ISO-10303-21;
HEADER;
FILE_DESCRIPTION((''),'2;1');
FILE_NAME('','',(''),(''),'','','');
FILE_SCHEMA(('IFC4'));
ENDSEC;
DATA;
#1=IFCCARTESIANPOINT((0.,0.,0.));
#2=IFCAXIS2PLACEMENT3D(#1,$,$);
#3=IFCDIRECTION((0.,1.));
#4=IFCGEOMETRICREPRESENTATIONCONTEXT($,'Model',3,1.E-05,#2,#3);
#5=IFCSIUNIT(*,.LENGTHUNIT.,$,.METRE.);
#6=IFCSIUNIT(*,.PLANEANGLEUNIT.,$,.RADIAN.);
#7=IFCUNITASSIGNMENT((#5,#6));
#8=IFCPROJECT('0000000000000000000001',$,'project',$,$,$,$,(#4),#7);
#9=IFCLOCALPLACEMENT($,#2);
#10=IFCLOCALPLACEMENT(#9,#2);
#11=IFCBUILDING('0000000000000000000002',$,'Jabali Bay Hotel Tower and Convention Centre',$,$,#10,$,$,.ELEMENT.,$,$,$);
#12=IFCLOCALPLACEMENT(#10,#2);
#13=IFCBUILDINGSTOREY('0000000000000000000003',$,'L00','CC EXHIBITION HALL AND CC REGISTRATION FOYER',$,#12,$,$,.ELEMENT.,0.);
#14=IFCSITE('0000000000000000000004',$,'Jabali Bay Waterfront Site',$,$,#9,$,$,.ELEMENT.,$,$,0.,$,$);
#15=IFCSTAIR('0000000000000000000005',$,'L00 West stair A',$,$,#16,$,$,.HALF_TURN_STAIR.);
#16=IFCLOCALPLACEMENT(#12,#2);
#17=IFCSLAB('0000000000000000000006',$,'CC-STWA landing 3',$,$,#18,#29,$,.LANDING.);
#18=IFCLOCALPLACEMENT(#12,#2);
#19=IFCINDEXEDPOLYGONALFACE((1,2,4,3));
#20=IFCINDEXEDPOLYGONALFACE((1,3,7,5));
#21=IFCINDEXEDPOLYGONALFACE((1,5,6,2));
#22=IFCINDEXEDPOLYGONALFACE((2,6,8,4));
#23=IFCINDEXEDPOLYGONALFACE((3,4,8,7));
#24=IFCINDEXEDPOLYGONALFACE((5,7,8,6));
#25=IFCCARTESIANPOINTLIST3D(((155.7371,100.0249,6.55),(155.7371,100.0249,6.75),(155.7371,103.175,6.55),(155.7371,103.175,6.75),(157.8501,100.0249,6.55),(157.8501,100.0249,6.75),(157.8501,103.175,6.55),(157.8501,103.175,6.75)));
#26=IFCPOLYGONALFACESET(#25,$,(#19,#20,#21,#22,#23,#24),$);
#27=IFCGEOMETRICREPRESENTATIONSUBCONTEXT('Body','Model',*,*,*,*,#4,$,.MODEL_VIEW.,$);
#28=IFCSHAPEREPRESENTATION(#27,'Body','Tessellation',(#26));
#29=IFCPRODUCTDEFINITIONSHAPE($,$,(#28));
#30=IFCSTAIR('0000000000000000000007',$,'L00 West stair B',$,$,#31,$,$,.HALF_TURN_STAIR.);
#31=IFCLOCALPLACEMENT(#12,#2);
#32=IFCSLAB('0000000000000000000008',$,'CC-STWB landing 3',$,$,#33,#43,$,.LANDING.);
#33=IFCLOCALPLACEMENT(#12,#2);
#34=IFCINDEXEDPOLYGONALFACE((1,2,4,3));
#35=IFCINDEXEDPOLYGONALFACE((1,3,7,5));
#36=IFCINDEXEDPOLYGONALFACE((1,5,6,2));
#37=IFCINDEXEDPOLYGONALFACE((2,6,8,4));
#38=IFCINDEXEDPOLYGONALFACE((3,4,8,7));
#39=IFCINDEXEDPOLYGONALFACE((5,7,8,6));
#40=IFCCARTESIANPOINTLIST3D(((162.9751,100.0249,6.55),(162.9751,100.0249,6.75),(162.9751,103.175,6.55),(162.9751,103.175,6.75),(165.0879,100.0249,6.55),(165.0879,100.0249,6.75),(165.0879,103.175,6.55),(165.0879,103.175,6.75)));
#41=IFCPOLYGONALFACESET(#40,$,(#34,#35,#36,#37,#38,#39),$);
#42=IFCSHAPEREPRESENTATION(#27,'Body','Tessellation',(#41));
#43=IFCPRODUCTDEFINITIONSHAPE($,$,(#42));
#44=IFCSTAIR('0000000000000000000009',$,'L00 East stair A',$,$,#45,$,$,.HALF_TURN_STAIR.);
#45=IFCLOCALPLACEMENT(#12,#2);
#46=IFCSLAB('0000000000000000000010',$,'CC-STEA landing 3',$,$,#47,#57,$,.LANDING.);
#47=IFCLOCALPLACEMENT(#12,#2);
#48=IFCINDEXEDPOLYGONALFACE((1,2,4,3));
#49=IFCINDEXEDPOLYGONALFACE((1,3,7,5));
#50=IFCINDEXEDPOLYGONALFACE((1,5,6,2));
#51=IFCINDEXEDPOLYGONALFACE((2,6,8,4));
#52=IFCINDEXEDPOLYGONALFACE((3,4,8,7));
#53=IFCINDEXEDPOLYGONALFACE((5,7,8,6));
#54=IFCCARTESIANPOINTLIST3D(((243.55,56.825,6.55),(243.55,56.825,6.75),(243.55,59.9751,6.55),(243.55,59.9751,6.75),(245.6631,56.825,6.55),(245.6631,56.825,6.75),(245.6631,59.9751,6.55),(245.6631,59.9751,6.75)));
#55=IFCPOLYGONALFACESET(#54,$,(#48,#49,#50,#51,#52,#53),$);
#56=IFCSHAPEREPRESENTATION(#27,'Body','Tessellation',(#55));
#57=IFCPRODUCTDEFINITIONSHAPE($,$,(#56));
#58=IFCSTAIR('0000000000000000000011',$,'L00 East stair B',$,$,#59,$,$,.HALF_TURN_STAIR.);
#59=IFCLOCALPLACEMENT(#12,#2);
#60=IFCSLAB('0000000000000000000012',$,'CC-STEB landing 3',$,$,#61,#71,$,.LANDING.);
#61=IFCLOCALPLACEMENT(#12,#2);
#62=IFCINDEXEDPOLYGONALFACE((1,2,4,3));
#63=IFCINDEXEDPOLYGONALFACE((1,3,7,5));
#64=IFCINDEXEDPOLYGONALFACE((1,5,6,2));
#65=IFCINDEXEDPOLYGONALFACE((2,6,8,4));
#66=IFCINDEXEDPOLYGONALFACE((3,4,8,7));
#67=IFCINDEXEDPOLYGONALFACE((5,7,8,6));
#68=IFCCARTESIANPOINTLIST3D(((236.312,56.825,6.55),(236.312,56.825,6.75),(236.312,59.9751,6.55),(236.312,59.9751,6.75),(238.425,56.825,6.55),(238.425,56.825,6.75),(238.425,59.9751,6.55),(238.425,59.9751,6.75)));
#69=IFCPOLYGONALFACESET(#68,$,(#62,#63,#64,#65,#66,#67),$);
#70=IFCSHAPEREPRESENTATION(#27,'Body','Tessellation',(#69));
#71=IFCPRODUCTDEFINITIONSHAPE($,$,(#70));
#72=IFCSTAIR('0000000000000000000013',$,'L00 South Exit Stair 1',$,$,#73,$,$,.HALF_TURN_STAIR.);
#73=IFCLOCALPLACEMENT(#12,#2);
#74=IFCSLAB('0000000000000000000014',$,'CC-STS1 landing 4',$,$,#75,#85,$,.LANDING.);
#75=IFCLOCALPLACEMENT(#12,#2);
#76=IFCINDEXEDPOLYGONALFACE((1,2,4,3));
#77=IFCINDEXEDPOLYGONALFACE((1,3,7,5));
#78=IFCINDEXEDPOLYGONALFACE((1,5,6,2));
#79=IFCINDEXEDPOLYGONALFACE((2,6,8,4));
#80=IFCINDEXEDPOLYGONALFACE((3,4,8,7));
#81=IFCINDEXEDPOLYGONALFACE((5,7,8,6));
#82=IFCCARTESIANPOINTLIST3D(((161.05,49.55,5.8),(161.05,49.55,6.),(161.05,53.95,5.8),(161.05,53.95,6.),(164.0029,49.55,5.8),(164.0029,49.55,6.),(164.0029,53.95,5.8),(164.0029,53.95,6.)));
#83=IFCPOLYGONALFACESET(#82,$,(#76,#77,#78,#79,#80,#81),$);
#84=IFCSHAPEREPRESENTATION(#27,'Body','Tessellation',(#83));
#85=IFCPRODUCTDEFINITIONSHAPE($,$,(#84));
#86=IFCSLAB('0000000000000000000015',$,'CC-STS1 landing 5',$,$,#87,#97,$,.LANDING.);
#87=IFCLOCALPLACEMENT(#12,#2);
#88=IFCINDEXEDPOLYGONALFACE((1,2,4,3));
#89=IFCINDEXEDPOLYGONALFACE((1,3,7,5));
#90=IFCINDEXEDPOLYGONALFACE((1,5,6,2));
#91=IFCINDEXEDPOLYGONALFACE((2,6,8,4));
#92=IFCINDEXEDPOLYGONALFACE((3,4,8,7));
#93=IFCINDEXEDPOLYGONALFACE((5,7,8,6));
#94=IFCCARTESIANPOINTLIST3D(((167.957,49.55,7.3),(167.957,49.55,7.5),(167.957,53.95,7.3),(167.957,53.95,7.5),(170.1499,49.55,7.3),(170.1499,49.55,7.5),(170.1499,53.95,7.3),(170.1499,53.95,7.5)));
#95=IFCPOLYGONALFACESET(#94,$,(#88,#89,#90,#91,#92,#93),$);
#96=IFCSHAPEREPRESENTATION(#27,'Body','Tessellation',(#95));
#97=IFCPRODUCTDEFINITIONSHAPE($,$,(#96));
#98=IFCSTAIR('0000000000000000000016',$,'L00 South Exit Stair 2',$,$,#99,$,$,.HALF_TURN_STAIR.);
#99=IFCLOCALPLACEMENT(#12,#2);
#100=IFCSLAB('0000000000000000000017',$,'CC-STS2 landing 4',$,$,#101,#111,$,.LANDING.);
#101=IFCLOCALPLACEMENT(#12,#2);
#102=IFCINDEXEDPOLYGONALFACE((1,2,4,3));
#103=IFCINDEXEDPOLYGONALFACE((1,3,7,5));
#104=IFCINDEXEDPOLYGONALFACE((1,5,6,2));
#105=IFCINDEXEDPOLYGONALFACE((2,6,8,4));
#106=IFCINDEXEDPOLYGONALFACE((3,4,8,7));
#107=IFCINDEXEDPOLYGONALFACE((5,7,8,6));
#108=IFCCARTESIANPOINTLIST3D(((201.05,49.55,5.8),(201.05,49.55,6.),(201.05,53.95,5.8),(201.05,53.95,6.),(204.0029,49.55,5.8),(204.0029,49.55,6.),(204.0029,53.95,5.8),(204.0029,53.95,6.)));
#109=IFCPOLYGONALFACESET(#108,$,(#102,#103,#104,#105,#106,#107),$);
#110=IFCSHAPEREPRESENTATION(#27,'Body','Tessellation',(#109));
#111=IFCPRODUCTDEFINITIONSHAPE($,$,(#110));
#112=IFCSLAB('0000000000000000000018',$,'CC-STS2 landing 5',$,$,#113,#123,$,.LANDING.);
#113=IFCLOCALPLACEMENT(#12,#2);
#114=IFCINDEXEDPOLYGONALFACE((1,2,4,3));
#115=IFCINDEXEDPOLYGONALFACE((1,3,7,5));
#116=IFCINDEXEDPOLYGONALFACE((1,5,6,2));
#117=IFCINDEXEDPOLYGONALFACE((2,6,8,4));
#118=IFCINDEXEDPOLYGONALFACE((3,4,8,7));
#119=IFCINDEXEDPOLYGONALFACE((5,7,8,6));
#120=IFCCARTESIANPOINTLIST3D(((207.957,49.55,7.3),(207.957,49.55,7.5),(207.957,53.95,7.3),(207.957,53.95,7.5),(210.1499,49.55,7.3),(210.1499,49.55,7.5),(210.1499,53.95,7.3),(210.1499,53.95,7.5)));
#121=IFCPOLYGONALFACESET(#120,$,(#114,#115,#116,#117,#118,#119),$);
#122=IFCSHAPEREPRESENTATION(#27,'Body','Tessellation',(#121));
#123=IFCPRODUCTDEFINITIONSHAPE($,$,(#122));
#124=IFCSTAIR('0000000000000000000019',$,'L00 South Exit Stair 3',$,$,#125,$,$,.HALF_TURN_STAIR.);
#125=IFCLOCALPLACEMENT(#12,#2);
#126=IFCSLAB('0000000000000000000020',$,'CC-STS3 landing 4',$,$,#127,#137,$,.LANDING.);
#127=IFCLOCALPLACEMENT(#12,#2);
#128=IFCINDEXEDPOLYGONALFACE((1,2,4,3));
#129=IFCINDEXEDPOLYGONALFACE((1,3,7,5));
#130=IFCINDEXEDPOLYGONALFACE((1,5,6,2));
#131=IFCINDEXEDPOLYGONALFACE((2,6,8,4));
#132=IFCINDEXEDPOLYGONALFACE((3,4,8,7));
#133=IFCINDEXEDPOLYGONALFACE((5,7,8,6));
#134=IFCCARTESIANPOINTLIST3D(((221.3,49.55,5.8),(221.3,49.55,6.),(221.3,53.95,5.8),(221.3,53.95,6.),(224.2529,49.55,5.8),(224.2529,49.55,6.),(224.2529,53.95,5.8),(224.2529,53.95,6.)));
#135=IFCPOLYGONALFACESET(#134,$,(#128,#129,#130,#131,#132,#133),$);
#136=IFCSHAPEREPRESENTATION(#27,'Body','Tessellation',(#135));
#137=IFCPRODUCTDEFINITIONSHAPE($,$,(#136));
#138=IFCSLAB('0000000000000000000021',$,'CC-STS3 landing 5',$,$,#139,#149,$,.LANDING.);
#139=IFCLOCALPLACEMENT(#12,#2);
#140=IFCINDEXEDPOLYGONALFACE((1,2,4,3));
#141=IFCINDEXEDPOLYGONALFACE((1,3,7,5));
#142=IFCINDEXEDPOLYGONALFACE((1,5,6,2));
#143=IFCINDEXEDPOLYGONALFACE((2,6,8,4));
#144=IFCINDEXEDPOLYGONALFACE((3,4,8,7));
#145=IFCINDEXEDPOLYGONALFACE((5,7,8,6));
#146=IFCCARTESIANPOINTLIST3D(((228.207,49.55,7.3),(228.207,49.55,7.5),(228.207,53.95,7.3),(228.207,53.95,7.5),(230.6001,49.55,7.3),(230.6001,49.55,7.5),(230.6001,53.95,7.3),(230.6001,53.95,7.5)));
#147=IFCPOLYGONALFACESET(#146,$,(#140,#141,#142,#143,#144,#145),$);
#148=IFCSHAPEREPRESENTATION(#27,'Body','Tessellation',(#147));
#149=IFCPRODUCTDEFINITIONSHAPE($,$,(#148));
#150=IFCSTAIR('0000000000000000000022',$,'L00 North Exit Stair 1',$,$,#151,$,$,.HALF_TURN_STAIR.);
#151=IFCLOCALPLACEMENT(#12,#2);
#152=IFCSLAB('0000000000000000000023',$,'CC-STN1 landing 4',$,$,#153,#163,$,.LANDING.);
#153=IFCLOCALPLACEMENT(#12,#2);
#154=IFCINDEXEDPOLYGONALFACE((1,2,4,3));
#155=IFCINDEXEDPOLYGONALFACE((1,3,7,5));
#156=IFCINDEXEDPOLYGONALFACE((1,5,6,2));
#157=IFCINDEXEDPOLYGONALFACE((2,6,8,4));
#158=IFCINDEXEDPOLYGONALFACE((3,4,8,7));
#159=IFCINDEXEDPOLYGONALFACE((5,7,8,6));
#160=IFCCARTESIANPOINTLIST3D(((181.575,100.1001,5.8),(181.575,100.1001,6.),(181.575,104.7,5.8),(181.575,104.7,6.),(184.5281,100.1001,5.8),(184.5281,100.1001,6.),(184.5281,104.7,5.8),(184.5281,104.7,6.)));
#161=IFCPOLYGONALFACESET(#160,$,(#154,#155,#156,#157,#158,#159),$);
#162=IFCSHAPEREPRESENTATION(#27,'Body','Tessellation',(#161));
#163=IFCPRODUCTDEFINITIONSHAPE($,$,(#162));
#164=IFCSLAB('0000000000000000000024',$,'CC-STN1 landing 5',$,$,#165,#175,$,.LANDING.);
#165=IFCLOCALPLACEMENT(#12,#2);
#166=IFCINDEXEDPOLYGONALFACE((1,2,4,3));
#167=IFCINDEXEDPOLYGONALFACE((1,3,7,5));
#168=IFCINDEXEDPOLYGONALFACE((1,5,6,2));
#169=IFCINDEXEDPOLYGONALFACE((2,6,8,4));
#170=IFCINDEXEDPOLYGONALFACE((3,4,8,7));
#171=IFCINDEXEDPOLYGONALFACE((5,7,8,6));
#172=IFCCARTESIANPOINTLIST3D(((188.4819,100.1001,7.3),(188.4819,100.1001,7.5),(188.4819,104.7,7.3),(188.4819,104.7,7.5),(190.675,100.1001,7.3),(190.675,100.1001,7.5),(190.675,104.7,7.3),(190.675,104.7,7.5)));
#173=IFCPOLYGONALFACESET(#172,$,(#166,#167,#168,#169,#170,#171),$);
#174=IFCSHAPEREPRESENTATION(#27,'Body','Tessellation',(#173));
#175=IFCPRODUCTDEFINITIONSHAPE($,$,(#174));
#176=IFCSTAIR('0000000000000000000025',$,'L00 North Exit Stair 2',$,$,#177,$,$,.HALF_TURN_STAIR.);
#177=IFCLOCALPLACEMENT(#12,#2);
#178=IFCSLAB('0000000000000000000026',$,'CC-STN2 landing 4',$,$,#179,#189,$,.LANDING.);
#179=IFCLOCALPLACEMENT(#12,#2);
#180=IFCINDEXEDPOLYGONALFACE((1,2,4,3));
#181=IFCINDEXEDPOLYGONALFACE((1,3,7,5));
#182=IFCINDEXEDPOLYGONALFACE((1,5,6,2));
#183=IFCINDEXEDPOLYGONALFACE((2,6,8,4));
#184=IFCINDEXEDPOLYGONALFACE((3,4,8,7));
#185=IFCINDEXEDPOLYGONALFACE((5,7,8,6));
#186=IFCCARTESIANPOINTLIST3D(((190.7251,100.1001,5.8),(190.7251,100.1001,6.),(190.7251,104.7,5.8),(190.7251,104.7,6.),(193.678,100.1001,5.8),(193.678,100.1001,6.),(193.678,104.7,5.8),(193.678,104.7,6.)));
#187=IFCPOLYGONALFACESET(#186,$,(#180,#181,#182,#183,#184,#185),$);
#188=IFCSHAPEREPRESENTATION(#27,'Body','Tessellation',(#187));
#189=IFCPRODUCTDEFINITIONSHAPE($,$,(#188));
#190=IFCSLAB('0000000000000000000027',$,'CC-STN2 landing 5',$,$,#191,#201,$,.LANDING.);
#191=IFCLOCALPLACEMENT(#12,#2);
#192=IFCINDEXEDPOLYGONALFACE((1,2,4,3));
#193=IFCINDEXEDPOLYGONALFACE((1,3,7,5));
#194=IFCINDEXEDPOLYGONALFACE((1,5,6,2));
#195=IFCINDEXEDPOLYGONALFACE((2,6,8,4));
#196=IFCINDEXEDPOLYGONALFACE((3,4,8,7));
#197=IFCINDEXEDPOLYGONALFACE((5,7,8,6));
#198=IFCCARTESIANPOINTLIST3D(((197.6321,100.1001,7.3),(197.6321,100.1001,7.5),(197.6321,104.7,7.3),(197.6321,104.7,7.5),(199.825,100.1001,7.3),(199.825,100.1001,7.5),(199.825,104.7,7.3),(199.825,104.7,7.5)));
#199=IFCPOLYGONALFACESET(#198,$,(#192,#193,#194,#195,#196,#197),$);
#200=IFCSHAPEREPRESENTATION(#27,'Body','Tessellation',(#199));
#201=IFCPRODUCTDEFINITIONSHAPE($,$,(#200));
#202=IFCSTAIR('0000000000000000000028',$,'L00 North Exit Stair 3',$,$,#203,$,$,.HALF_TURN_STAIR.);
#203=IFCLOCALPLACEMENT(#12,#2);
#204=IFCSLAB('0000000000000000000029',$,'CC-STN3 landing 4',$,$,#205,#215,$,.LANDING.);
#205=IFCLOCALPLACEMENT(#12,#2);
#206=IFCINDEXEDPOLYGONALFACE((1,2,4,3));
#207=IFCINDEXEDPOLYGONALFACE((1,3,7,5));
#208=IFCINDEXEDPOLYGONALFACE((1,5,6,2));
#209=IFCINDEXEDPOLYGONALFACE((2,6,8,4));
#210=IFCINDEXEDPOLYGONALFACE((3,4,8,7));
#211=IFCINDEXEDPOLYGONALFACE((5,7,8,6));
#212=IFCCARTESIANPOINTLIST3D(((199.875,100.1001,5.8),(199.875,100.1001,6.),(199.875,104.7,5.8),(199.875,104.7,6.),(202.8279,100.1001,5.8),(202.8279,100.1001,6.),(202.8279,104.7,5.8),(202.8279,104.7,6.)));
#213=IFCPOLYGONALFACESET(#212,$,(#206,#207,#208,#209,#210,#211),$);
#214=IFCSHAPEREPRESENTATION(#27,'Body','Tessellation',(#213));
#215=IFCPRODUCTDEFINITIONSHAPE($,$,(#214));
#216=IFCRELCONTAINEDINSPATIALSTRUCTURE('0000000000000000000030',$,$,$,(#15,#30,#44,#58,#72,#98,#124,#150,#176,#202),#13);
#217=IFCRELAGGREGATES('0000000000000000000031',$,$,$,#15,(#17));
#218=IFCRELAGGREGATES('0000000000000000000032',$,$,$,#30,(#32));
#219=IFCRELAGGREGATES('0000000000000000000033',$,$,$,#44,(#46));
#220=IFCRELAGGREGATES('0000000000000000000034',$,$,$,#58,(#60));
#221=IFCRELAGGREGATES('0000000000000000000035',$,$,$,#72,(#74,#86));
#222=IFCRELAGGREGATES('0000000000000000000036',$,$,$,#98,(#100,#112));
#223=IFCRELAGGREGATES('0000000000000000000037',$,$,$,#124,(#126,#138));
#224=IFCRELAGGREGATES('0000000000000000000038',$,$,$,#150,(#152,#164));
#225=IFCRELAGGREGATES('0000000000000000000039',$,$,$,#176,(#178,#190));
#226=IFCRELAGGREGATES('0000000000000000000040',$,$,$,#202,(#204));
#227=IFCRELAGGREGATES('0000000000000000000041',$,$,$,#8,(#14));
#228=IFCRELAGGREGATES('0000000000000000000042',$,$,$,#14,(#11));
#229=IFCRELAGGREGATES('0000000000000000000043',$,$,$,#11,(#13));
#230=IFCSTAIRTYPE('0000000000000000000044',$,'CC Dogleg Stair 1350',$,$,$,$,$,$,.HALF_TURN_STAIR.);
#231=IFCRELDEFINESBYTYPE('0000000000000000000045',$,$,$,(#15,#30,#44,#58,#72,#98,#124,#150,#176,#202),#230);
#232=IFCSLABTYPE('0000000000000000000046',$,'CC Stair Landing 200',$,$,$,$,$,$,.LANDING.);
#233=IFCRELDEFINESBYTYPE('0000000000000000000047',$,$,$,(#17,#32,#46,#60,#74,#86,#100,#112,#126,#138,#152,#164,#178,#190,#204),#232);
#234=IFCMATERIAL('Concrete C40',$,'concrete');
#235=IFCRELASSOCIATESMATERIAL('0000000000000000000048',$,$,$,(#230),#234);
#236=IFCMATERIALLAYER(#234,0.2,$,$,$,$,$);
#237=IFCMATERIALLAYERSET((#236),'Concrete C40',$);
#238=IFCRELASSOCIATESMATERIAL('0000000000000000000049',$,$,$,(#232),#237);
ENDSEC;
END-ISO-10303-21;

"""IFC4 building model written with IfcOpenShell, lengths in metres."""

from ifc_helpers import new_model, si_unit, direction, frame, origin, place, context, subcontext, project, spatial, polyline, outline, extrude, material, layer, layer_set, type_object, element, aggregate, save


model = new_model("IFC4")

# Units and contexts
model_context = context("Model", 3, precision=1e-05, world=origin(), true_north=direction((0.0, 1.0)))
body_context = subcontext(model_context, "Body", "Model", "MODEL_VIEW")
ifc_project = project(units=[si_unit("LENGTHUNIT", "METRE"), si_unit("PLANEANGLEUNIT", "RADIAN")], contexts=[model_context])

# Site, building, storey
site_placement = place(None, origin())
site = spatial("IfcSite", under=ifc_project, at=site_placement, Name="Jabali Bay Waterfront Site", CompositionType="ELEMENT", RefElevation=0.0)
building_placement = place(site_placement, origin())
building = spatial("IfcBuilding", under=site, at=building_placement, Name="Jabali Bay Hotel Tower and Convention Centre", CompositionType="ELEMENT")
storey_placement = place(building_placement, origin())
storey = spatial("IfcBuildingStorey", under=building, at=storey_placement, Name="L00", Description="CC EXHIBITION HALL AND CC REGISTRATION FOYER", CompositionType="ELEMENT", Elevation=0.0)

# Stairs, slabs
ifc_material = material(Name="Concrete C40", Category="concrete")
stair_type_1 = type_object("IfcStairType", Name="CC Dogleg Stair 1350", PredefinedType="HALF_TURN_STAIR", material=ifc_material)
stair_1_placement = place(storey_placement, origin())
stair_1 = element("IfcStair", 1, at=stair_1_placement, inside=storey, type_object=stair_type_1, Name="L00 West stair A", PredefinedType="HALF_TURN_STAIR")
ifc_layer_1 = layer(ifc_material, 0.2)
ifc_layer_set_1 = layer_set([ifc_layer_1], Name="Concrete C40")
slab_type_1 = type_object("IfcSlabType", Name="CC Stair Landing 200", PredefinedType="LANDING", material=ifc_layer_set_1)
slab_1_placement = place(storey_placement, frame((0.0, 0.0, 6.55)))
slab_1 = element("IfcSlab", 2, at=slab_1_placement, type_object=slab_type_1, Name="CC-STWA landing 3", PredefinedType="LANDING", context=body_context, shape_type="SweptSolid", body=[
    extrude(outline(polyline([(155.7371, 100.0249), (157.8501, 100.0249), (157.8501, 103.175), (155.7371, 103.175), (155.7371, 100.0249)])), origin(), (0.0, 0.0, 1.0), 0.2),
])
aggregate(stair_1, [slab_1])
stair_2_placement = place(storey_placement, origin())
stair_2 = element("IfcStair", 3, at=stair_2_placement, inside=storey, type_object=stair_type_1, Name="L00 West stair B", PredefinedType="HALF_TURN_STAIR")
slab_2_placement = place(storey_placement, frame((0.0, 0.0, 6.55)))
slab_2 = element("IfcSlab", 4, at=slab_2_placement, type_object=slab_type_1, Name="CC-STWB landing 3", PredefinedType="LANDING", context=body_context, shape_type="SweptSolid", body=[
    extrude(outline(polyline([(162.9751, 100.0249), (165.0879, 100.0249), (165.0879, 103.175), (162.9751, 103.175), (162.9751, 100.0249)])), origin(), (0.0, 0.0, 1.0), 0.2),
])
aggregate(stair_2, [slab_2])
stair_3_placement = place(storey_placement, origin())
stair_3 = element("IfcStair", 5, at=stair_3_placement, inside=storey, type_object=stair_type_1, Name="L00 East stair A", PredefinedType="HALF_TURN_STAIR")
slab_3_placement = place(storey_placement, frame((0.0, 0.0, 6.55)))
slab_3 = element("IfcSlab", 6, at=slab_3_placement, type_object=slab_type_1, Name="CC-STEA landing 3", PredefinedType="LANDING", context=body_context, shape_type="SweptSolid", body=[
    extrude(outline(polyline([(243.55, 56.825), (245.6631, 56.825), (245.6631, 59.9751), (243.55, 59.9751), (243.55, 56.825)])), origin(), (0.0, 0.0, 1.0), 0.2),
])
aggregate(stair_3, [slab_3])
stair_4_placement = place(storey_placement, origin())
stair_4 = element("IfcStair", 7, at=stair_4_placement, inside=storey, type_object=stair_type_1, Name="L00 East stair B", PredefinedType="HALF_TURN_STAIR")
slab_4_placement = place(storey_placement, frame((0.0, 0.0, 6.55)))
slab_4 = element("IfcSlab", 8, at=slab_4_placement, type_object=slab_type_1, Name="CC-STEB landing 3", PredefinedType="LANDING", context=body_context, shape_type="SweptSolid", body=[
    extrude(outline(polyline([(236.312, 56.825), (238.425, 56.825), (238.425, 59.9751), (236.312, 59.9751), (236.312, 56.825)])), origin(), (0.0, 0.0, 1.0), 0.2),
])
aggregate(stair_4, [slab_4])

# Stairs, slabs
stair_5_placement = place(storey_placement, origin())
stair_5 = element("IfcStair", 9, at=stair_5_placement, inside=storey, type_object=stair_type_1, Name="L00 South Exit Stair 1", PredefinedType="HALF_TURN_STAIR")
slab_5_placement = place(storey_placement, frame((0.0, 0.0, 5.8)))
slab_5 = element("IfcSlab", 10, at=slab_5_placement, type_object=slab_type_1, Name="CC-STS1 landing 4", PredefinedType="LANDING", context=body_context, shape_type="SweptSolid", body=[
    extrude(outline(polyline([(161.05, 49.55), (164.0029, 49.55), (164.0029, 53.95), (161.05, 53.95), (161.05, 49.55)])), origin(), (0.0, 0.0, 1.0), 0.2),
])
slab_6_placement = place(storey_placement, frame((0.0, 0.0, 7.3)))
slab_6 = element("IfcSlab", 11, at=slab_6_placement, type_object=slab_type_1, Name="CC-STS1 landing 5", PredefinedType="LANDING", context=body_context, shape_type="SweptSolid", body=[
    extrude(outline(polyline([(167.957, 49.55), (170.1499, 49.55), (170.1499, 53.95), (167.957, 53.95), (167.957, 49.55)])), origin(), (0.0, 0.0, 1.0), 0.2),
])
aggregate(stair_5, [slab_5, slab_6])
stair_6_placement = place(storey_placement, origin())
stair_6 = element("IfcStair", 12, at=stair_6_placement, inside=storey, type_object=stair_type_1, Name="L00 South Exit Stair 2", PredefinedType="HALF_TURN_STAIR")
slab_7_placement = place(storey_placement, frame((0.0, 0.0, 5.8)))
slab_7 = element("IfcSlab", 13, at=slab_7_placement, type_object=slab_type_1, Name="CC-STS2 landing 4", PredefinedType="LANDING", context=body_context, shape_type="SweptSolid", body=[
    extrude(outline(polyline([(201.05, 49.55), (204.0029, 49.55), (204.0029, 53.95), (201.05, 53.95), (201.05, 49.55)])), origin(), (0.0, 0.0, 1.0), 0.2),
])
slab_8_placement = place(storey_placement, frame((0.0, 0.0, 7.3)))
slab_8 = element("IfcSlab", 14, at=slab_8_placement, type_object=slab_type_1, Name="CC-STS2 landing 5", PredefinedType="LANDING", context=body_context, shape_type="SweptSolid", body=[
    extrude(outline(polyline([(207.957, 49.55), (210.1499, 49.55), (210.1499, 53.95), (207.957, 53.95), (207.957, 49.55)])), origin(), (0.0, 0.0, 1.0), 0.2),
])
aggregate(stair_6, [slab_7, slab_8])
stair_7_placement = place(storey_placement, origin())
stair_7 = element("IfcStair", 15, at=stair_7_placement, inside=storey, type_object=stair_type_1, Name="L00 South Exit Stair 3", PredefinedType="HALF_TURN_STAIR")
slab_9_placement = place(storey_placement, frame((0.0, 0.0, 5.8)))
slab_9 = element("IfcSlab", 16, at=slab_9_placement, type_object=slab_type_1, Name="CC-STS3 landing 4", PredefinedType="LANDING", context=body_context, shape_type="SweptSolid", body=[
    extrude(outline(polyline([(221.3, 49.55), (224.2529, 49.55), (224.2529, 53.95), (221.3, 53.95), (221.3, 49.55)])), origin(), (0.0, 0.0, 1.0), 0.2),
])
slab_10_placement = place(storey_placement, frame((0.0, 0.0, 7.3)))
slab_10 = element("IfcSlab", 17, at=slab_10_placement, type_object=slab_type_1, Name="CC-STS3 landing 5", PredefinedType="LANDING", context=body_context, shape_type="SweptSolid", body=[
    extrude(outline(polyline([(228.207, 49.55), (230.6001, 49.55), (230.6001, 53.95), (228.207, 53.95), (228.207, 49.55)])), origin(), (0.0, 0.0, 1.0), 0.2),
])
aggregate(stair_7, [slab_9, slab_10])
stair_8_placement = place(storey_placement, origin())
stair_8 = element("IfcStair", 18, at=stair_8_placement, inside=storey, type_object=stair_type_1, Name="L00 North Exit Stair 1", PredefinedType="HALF_TURN_STAIR")
slab_11_placement = place(storey_placement, frame((0.0, 0.0, 5.8)))
slab_11 = element("IfcSlab", 19, at=slab_11_placement, type_object=slab_type_1, Name="CC-STN1 landing 4", PredefinedType="LANDING", context=body_context, shape_type="SweptSolid", body=[
    extrude(outline(polyline([(181.575, 100.1001), (184.5281, 100.1001), (184.5281, 104.7), (181.575, 104.7), (181.575, 100.1001)])), origin(), (0.0, 0.0, 1.0), 0.2),
])
slab_12_placement = place(storey_placement, frame((0.0, 0.0, 7.3)))
slab_12 = element("IfcSlab", 20, at=slab_12_placement, type_object=slab_type_1, Name="CC-STN1 landing 5", PredefinedType="LANDING", context=body_context, shape_type="SweptSolid", body=[
    extrude(outline(polyline([(188.4819, 100.1001), (190.675, 100.1001), (190.675, 104.7), (188.4819, 104.7), (188.4819, 100.1001)])), origin(), (0.0, 0.0, 1.0), 0.2),
])
aggregate(stair_8, [slab_11, slab_12])
stair_9_placement = place(storey_placement, origin())
stair_9 = element("IfcStair", 21, at=stair_9_placement, inside=storey, type_object=stair_type_1, Name="L00 North Exit Stair 2", PredefinedType="HALF_TURN_STAIR")
slab_13_placement = place(storey_placement, frame((0.0, 0.0, 5.8)))
slab_13 = element("IfcSlab", 22, at=slab_13_placement, type_object=slab_type_1, Name="CC-STN2 landing 4", PredefinedType="LANDING", context=body_context, shape_type="SweptSolid", body=[
    extrude(outline(polyline([(190.7251, 100.1001), (193.678, 100.1001), (193.678, 104.7), (190.7251, 104.7), (190.7251, 100.1001)])), origin(), (0.0, 0.0, 1.0), 0.2),
])
slab_14_placement = place(storey_placement, frame((0.0, 0.0, 7.3)))
slab_14 = element("IfcSlab", 23, at=slab_14_placement, type_object=slab_type_1, Name="CC-STN2 landing 5", PredefinedType="LANDING", context=body_context, shape_type="SweptSolid", body=[
    extrude(outline(polyline([(197.6321, 100.1001), (199.825, 100.1001), (199.825, 104.7), (197.6321, 104.7), (197.6321, 100.1001)])), origin(), (0.0, 0.0, 1.0), 0.2),
])
aggregate(stair_9, [slab_13, slab_14])
stair_10_placement = place(storey_placement, origin())
stair_10 = element("IfcStair", 24, at=stair_10_placement, inside=storey, type_object=stair_type_1, Name="L00 North Exit Stair 3", PredefinedType="HALF_TURN_STAIR")
slab_15_placement = place(storey_placement, frame((0.0, 0.0, 5.8)))
slab_15 = element("IfcSlab", 25, at=slab_15_placement, type_object=slab_type_1, Name="CC-STN3 landing 4", PredefinedType="LANDING", context=body_context, shape_type="SweptSolid", body=[
    extrude(outline(polyline([(199.875, 100.1001), (202.8279, 100.1001), (202.8279, 104.7), (199.875, 104.7), (199.875, 100.1001)])), origin(), (0.0, 0.0, 1.0), 0.2),
])
aggregate(stair_10, [slab_15])

save(model, "model.ifc")
